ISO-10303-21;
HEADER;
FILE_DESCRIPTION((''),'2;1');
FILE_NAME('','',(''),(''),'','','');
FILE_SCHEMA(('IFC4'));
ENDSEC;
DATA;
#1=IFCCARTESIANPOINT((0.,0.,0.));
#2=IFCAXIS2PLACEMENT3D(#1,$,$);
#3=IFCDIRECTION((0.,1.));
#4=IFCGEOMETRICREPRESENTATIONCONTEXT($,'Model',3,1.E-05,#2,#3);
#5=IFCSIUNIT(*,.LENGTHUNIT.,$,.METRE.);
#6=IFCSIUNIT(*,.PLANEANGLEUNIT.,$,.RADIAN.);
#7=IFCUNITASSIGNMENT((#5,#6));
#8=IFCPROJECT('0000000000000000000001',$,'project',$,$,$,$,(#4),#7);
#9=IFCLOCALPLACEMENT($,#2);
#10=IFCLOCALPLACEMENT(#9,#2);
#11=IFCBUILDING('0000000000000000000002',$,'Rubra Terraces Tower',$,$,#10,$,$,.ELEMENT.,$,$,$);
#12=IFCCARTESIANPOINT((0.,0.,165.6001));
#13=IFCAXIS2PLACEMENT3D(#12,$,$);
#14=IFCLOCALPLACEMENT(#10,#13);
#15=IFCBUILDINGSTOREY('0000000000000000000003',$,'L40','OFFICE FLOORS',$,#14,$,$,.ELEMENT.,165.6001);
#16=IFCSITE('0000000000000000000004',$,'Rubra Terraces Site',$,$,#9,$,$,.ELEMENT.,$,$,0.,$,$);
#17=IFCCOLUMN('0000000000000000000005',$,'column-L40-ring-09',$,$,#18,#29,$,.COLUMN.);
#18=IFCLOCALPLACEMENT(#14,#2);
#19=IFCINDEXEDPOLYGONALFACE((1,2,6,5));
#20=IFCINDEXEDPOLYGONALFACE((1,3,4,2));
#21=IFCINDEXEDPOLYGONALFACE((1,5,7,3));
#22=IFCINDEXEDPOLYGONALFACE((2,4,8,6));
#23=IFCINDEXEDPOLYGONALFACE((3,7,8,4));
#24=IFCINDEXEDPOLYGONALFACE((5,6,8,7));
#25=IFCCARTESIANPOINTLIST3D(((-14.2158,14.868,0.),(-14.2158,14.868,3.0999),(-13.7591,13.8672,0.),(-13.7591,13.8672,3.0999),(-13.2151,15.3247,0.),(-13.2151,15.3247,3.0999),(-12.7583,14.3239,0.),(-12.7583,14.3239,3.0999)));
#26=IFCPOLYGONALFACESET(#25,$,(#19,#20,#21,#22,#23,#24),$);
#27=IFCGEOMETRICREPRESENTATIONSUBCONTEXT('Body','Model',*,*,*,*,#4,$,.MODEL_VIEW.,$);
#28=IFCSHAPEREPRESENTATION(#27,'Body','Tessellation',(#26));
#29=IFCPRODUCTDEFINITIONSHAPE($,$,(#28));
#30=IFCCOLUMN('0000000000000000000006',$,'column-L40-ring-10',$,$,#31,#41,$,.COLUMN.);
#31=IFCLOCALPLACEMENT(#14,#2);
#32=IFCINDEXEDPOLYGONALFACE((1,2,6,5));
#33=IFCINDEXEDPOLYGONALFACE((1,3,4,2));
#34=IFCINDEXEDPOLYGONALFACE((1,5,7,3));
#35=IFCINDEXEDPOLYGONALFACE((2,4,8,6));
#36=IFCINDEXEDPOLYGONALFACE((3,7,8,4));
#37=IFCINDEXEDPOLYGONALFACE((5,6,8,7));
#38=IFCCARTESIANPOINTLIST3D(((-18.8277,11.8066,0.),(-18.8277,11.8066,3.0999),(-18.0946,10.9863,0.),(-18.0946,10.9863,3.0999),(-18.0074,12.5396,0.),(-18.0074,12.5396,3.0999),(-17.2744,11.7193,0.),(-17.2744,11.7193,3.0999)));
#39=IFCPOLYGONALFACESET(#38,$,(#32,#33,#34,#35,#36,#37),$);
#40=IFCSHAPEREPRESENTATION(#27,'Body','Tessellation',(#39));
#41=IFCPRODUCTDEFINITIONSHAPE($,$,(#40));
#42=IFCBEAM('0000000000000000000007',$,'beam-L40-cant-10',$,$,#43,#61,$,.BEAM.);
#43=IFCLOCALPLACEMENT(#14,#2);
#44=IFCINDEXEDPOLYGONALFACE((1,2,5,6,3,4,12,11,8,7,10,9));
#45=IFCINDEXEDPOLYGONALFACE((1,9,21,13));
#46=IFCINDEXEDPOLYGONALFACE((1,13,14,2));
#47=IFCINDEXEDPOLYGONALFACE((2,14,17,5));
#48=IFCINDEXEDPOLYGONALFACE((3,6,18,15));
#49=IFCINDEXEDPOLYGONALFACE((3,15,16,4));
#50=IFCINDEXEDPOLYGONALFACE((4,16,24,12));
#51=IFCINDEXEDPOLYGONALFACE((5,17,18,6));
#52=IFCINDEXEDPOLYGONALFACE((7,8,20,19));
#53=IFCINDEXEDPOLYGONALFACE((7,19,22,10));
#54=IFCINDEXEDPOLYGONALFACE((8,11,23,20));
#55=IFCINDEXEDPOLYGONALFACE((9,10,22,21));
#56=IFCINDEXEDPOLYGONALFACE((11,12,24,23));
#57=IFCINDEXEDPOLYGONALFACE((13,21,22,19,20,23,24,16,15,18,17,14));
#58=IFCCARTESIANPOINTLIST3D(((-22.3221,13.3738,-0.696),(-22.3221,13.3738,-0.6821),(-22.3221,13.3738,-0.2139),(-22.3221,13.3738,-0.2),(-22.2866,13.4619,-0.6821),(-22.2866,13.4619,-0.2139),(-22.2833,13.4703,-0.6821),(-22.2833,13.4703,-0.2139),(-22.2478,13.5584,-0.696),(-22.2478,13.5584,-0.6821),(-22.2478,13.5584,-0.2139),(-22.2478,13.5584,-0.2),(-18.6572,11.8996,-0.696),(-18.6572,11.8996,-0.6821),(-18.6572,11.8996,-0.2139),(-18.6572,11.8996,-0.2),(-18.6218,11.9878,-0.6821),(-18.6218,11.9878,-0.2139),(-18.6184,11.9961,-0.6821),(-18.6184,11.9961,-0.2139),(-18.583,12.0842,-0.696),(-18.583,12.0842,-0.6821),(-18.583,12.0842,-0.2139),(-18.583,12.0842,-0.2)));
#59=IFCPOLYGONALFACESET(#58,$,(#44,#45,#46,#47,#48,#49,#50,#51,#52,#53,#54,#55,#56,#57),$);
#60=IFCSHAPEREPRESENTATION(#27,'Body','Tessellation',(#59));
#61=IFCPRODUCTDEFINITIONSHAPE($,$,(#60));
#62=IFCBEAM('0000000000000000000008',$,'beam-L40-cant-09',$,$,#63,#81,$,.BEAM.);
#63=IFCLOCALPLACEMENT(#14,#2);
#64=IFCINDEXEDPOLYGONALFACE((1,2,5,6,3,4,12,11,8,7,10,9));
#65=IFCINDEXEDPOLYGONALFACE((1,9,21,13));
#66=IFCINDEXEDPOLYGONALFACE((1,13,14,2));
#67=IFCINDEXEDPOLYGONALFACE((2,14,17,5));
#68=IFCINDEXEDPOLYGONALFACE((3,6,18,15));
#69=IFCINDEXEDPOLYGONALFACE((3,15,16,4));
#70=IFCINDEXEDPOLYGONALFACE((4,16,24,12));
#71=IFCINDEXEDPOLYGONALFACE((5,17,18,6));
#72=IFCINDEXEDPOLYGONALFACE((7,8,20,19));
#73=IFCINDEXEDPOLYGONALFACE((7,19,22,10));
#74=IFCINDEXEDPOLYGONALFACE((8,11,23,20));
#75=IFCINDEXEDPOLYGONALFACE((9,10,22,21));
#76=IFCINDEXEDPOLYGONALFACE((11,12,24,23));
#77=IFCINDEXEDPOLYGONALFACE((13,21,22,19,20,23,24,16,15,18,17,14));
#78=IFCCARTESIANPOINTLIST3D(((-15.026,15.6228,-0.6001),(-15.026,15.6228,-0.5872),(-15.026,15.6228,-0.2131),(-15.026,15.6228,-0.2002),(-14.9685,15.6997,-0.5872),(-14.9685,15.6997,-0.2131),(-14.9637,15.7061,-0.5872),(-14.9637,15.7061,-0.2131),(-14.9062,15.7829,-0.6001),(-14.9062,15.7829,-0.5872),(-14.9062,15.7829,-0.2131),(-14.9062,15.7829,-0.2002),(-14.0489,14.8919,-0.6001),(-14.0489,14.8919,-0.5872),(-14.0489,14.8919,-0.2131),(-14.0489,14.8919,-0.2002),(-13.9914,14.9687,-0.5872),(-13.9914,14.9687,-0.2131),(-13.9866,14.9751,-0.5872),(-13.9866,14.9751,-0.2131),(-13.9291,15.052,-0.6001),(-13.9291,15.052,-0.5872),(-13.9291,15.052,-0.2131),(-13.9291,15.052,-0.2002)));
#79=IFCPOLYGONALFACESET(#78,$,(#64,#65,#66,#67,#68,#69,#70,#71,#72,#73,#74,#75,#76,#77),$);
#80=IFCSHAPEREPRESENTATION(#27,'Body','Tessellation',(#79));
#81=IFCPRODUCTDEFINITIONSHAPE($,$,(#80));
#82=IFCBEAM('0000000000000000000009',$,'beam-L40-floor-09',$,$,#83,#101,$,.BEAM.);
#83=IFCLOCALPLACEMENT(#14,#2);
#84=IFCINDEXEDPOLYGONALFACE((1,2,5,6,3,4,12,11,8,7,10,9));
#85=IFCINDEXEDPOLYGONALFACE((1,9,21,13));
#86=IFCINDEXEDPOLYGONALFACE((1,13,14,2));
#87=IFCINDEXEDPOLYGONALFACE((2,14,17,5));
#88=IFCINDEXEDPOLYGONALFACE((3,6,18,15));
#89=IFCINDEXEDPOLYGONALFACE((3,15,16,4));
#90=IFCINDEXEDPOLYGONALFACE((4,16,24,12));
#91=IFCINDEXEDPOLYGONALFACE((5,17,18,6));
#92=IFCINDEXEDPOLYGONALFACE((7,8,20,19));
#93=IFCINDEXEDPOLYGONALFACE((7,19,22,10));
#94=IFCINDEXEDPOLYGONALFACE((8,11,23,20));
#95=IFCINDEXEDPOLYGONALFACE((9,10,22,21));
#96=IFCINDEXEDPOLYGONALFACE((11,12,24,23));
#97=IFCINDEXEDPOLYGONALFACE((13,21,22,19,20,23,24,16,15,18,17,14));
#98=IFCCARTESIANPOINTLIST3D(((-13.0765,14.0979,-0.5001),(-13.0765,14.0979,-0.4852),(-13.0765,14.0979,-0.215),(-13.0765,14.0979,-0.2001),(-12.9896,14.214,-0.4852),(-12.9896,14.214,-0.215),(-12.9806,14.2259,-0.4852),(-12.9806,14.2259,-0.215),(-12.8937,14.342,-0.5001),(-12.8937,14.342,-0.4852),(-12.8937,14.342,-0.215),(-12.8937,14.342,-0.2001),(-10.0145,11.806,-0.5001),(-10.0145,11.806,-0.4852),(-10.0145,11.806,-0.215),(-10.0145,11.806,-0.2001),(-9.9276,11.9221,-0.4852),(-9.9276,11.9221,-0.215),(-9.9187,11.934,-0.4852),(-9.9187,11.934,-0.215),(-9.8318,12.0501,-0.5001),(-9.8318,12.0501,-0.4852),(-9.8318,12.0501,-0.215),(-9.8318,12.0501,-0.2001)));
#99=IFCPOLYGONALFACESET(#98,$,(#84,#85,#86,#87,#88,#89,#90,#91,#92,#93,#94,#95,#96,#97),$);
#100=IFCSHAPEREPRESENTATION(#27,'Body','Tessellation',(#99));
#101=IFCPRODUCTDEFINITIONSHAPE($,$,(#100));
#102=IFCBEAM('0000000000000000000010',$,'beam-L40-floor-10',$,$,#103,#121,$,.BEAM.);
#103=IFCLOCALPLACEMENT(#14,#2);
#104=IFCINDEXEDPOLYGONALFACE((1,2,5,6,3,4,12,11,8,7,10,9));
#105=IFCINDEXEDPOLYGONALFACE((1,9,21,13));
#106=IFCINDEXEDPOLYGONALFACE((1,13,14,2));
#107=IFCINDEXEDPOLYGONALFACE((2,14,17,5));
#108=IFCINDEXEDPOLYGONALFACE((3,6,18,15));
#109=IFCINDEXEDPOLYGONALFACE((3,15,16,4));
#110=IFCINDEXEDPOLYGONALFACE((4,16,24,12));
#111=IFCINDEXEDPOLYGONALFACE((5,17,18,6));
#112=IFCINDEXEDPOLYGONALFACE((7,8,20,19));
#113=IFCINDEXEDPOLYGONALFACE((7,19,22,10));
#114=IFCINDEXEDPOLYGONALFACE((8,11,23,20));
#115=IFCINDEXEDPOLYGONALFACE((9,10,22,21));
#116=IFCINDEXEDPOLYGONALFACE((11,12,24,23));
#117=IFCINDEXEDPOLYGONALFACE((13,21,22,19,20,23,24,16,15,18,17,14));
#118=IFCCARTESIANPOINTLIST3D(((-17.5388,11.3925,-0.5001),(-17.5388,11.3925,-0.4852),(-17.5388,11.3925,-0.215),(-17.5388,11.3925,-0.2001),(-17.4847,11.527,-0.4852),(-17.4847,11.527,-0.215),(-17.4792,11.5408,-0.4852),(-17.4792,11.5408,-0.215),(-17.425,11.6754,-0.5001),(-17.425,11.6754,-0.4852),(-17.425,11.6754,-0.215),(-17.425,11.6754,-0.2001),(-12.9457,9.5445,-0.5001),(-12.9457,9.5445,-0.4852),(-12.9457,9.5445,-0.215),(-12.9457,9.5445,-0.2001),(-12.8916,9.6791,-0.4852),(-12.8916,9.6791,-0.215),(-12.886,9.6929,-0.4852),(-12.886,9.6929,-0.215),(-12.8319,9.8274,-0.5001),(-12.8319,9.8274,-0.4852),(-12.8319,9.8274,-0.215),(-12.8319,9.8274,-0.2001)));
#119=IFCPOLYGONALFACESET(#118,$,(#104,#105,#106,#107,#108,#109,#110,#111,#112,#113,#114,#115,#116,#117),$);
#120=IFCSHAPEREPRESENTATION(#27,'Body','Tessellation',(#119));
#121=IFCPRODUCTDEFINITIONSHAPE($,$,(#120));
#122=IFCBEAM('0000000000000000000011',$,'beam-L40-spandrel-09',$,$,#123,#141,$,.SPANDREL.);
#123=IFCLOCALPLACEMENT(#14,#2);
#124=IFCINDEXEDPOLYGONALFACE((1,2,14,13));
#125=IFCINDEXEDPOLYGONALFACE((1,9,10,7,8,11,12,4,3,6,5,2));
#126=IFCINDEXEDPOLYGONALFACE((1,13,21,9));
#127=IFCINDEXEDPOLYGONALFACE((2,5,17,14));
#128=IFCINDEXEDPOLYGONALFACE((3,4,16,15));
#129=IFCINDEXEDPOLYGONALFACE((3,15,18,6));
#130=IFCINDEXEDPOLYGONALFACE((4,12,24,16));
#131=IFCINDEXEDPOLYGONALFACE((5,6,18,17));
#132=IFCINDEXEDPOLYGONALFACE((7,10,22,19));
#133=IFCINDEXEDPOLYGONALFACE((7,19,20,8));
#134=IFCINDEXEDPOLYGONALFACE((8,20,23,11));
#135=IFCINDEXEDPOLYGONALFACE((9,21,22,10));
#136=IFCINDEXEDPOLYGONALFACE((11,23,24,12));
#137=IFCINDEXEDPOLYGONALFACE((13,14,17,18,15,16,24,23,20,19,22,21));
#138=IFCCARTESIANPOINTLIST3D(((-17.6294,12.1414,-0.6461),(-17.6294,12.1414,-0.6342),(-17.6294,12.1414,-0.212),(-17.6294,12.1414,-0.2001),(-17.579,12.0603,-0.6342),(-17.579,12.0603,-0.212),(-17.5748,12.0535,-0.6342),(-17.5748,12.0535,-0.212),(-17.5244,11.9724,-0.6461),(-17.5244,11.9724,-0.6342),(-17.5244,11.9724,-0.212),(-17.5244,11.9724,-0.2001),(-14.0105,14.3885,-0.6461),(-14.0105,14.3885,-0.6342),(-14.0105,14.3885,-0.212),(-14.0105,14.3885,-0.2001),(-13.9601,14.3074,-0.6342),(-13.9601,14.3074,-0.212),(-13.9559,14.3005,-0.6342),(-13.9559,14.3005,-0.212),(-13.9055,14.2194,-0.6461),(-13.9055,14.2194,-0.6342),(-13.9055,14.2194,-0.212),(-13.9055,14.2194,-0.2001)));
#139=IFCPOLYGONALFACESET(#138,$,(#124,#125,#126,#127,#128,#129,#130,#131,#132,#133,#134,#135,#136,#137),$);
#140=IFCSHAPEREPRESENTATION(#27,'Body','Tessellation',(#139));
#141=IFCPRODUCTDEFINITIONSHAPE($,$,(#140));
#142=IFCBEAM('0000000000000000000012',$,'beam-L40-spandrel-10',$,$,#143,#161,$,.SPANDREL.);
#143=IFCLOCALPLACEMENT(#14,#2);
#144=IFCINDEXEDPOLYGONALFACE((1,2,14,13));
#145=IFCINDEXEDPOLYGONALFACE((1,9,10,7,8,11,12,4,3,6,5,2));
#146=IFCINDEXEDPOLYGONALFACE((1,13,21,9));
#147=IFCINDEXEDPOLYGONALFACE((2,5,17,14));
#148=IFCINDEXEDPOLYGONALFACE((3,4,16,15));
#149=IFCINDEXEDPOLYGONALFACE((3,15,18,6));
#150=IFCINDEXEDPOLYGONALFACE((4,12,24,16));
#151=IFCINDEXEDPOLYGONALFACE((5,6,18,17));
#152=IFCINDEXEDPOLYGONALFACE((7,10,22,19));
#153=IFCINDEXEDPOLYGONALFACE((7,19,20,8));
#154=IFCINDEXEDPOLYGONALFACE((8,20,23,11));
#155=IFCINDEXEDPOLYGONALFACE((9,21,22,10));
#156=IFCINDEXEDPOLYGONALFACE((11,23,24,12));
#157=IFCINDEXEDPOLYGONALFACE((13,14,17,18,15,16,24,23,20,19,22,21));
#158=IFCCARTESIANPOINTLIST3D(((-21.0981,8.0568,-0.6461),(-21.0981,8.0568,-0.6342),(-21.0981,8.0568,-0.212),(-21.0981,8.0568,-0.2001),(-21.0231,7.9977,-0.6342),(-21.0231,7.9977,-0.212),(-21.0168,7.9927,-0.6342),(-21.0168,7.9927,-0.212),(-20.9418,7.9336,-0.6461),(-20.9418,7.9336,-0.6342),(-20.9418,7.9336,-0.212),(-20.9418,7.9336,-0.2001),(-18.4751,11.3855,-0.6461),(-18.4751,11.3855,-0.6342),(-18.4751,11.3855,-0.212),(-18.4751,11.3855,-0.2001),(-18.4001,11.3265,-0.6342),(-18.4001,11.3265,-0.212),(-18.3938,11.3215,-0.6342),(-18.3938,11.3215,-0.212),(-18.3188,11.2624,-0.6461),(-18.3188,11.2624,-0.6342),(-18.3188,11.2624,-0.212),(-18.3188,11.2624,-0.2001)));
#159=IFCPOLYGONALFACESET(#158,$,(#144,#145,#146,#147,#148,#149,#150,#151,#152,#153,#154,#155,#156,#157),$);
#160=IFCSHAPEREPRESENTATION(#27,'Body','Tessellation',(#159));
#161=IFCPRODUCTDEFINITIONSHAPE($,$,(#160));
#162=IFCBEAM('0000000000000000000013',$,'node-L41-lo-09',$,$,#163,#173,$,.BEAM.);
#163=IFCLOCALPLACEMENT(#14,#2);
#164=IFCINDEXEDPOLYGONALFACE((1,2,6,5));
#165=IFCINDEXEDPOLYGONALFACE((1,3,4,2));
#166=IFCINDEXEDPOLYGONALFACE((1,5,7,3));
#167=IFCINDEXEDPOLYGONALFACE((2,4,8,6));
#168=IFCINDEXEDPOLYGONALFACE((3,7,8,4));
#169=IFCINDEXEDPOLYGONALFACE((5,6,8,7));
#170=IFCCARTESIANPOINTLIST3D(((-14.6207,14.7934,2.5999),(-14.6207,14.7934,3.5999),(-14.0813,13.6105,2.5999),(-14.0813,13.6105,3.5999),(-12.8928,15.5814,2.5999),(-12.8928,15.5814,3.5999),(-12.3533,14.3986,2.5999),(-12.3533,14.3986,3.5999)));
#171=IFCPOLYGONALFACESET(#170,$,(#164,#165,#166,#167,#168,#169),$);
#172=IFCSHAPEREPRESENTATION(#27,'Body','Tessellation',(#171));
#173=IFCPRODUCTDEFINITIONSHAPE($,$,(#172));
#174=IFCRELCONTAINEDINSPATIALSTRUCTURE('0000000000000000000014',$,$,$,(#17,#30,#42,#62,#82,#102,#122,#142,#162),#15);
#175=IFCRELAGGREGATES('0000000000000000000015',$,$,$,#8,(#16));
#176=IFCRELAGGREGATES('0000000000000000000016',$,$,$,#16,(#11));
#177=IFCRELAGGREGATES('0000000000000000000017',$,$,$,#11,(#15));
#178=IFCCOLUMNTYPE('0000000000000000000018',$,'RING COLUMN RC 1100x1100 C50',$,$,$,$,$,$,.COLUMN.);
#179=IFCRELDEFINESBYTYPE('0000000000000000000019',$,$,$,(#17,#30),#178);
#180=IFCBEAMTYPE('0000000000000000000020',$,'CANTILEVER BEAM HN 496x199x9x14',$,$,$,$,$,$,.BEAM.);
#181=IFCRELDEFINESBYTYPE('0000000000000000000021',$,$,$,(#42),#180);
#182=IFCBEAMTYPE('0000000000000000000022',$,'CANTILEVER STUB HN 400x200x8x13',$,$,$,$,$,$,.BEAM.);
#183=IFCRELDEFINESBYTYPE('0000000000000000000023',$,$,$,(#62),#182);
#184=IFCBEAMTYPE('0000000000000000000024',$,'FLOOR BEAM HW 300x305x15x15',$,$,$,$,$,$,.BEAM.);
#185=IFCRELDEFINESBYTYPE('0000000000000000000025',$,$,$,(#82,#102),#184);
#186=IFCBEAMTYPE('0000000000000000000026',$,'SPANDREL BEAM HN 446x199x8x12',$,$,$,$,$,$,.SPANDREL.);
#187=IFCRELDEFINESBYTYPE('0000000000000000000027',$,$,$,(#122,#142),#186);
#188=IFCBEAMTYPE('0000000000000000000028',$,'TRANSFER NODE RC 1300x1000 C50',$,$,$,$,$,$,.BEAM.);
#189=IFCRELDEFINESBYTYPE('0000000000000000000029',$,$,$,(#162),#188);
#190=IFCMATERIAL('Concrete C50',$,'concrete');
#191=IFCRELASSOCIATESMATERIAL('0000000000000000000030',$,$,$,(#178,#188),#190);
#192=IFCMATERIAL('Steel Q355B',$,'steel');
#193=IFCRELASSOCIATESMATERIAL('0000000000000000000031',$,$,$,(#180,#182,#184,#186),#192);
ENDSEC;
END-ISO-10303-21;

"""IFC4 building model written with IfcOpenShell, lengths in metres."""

from ifc_helpers import new_model, si_unit, direction, frame, origin, origin_2d, place, context, subcontext, project, spatial, rectangle, i_section, extrude, material, material_profile, profile_set, type_object, element, save


model = new_model("IFC4")

# Units and contexts
model_context = context("Model", 3, precision=1e-05, world=origin(), true_north=direction((0.0, 1.0)))
body_context = subcontext(model_context, "Body", "Model", "MODEL_VIEW")
ifc_project = project(units=[si_unit("LENGTHUNIT", "METRE"), si_unit("PLANEANGLEUNIT", "RADIAN")], contexts=[model_context])

# Site, building, storey
site_placement = place(None, origin())
site = spatial("IfcSite", under=ifc_project, at=site_placement, Name="Rubra Terraces Site", CompositionType="ELEMENT", RefElevation=0.0)
building_placement = place(site_placement, origin())
building = spatial("IfcBuilding", under=site, at=building_placement, Name="Rubra Terraces Tower", CompositionType="ELEMENT")
storey_placement = place(building_placement, frame((0.0, 0.0, 165.6001)))
storey = spatial("IfcBuildingStorey", under=building, at=storey_placement, Name="L40", Description="OFFICE FLOORS", CompositionType="ELEMENT", Elevation=165.6001)

# Columns
ifc_material_1 = material(Name="Concrete C50", Category="concrete")
ifc_material_profile_1 = material_profile(ifc_material_1, rectangle(XDim=1.1001, YDim=1.1001, at=origin_2d()), Name="RC 1100x1100")
ifc_profile_set_1 = profile_set([ifc_material_profile_1], Name="Concrete C50")
column_type = type_object("IfcColumnType", Name="RING COLUMN RC 1100x1100 C50", PredefinedType="COLUMN", material=ifc_profile_set_1)
for number, where, z_axis, x_axis, name in (
    (1, (-13.4871, 14.5959, 0.0), (0.0, 0.0, 1.0), (-0.909726, -0.415208, 0.0), "column-L40-ring-09"),
    (2, (-18.051, 11.7629, 0.0), (0.0, 0.0, 1.0), (-0.745642, -0.666347, 0.0), "column-L40-ring-10"),
):
    element("IfcColumn", number, at=place(storey_placement, frame(where, z_axis=z_axis, x_axis=x_axis)), inside=storey, type_object=column_type, Name=name, PredefinedType="COLUMN", context=body_context, shape_type="SweptSolid", body=[
        extrude(rectangle(XDim=1.1001, YDim=1.1001, at=origin_2d()), origin(), (0.0, 0.0, 1.0), 3.0999),
    ])

# Beams
ifc_material_2 = material(Name="Steel Q355B", Category="steel")
ifc_material_profile_2 = material_profile(ifc_material_2, i_section(OverallWidth=0.199, OverallDepth=0.4961, WebThickness=0.009, FlangeThickness=0.0139, at=origin_2d()), Name="HN 496x199x9x14")
ifc_profile_set_2 = profile_set([ifc_material_profile_2], Name="Steel Q355B")
beam_type_1 = type_object("IfcBeamType", Name="CANTILEVER BEAM HN 496x199x9x14", PredefinedType="BEAM", material=ifc_profile_set_2)
beam_1_placement = place(storey_placement, frame((-18.6201, 11.9919, -0.448), z_axis=(-0.927759, 0.37318, 0.0), x_axis=(-0.37318, -0.927759, 0.0)))
element("IfcBeam", 3, at=beam_1_placement, inside=storey, type_object=beam_type_1, Name="beam-L40-cant-10", PredefinedType="BEAM", context=body_context, shape_type="SweptSolid", body=[
    extrude(i_section(OverallWidth=0.199, OverallDepth=0.4961, WebThickness=0.009, FlangeThickness=0.0139, at=origin_2d()), origin(), (0.0, 0.0, 1.0), 3.9502),
])
ifc_material_profile_3 = material_profile(ifc_material_2, i_section(OverallWidth=0.2, OverallDepth=0.3999, WebThickness=0.0081, FlangeThickness=0.0129, at=origin_2d()), Name="HN 400x200x8x13")
ifc_profile_set_3 = profile_set([ifc_material_profile_3], Name="Steel Q355B")
beam_type_2 = type_object("IfcBeamType", Name="CANTILEVER STUB HN 400x200x8x13", PredefinedType="BEAM", material=ifc_profile_set_3)
beam_2_placement = place(storey_placement, frame((-13.989, 14.9719, -0.4001), z_axis=(-0.80072, 0.599039, 0.0), x_axis=(-0.599039, -0.80072, 0.0)))
element("IfcBeam", 4, at=beam_2_placement, inside=storey, type_object=beam_type_2, Name="beam-L40-cant-09", PredefinedType="BEAM", context=body_context, shape_type="SweptSolid", body=[
    extrude(i_section(OverallWidth=0.2, OverallDepth=0.3999, WebThickness=0.0081, FlangeThickness=0.0129, at=origin_2d()), origin(), (0.0, 0.0, 1.0), 1.2202),
])
ifc_material_profile_4 = material_profile(ifc_material_2, i_section(OverallWidth=0.3049, OverallDepth=0.3, WebThickness=0.0149, FlangeThickness=0.0149, at=origin_2d()), Name="HW 300x305x15x15")
ifc_profile_set_4 = profile_set([ifc_material_profile_4], Name="Steel Q355B")
beam_type_3 = type_object("IfcBeamType", Name="FLOOR BEAM HW 300x305x15x15", PredefinedType="BEAM", material=ifc_profile_set_4)
beam_3_placement = place(storey_placement, frame((-12.9851, 14.22, -0.3501), z_axis=(0.800566, -0.599244, 0.0), x_axis=(0.599244, 0.800566, 0.0)))
element("IfcBeam", 5, at=beam_3_placement, inside=storey, type_object=beam_type_3, Name="beam-L40-floor-09", PredefinedType="BEAM", context=body_context, shape_type="SweptSolid", body=[
    extrude(i_section(OverallWidth=0.3049, OverallDepth=0.3, WebThickness=0.0149, FlangeThickness=0.0149, at=origin_2d()), origin(), (0.0, 0.0, 1.0), 3.8247),
])
beam_4_placement = place(storey_placement, frame((-17.4819, 11.5339, -0.3501), z_axis=(0.92773, -0.373252, 0.0), x_axis=(0.373252, 0.92773, 0.0)))
element("IfcBeam", 6, at=beam_4_placement, inside=storey, type_object=beam_type_3, Name="beam-L40-floor-10", PredefinedType="BEAM", context=body_context, shape_type="SweptSolid", body=[
    extrude(i_section(OverallWidth=0.3049, OverallDepth=0.3, WebThickness=0.0149, FlangeThickness=0.0149, at=origin_2d()), origin(), (0.0, 0.0, 1.0), 4.9509),
])
ifc_material_profile_5 = material_profile(ifc_material_2, i_section(OverallWidth=0.199, OverallDepth=0.446, WebThickness=0.0081, FlangeThickness=0.012, at=origin_2d()), Name="HN 446x199x8x12")
ifc_profile_set_5 = profile_set([ifc_material_profile_5], Name="Steel Q355B")
beam_type_4 = type_object("IfcBeamType", Name="SPANDREL BEAM HN 446x199x8x12", PredefinedType="SPANDREL", material=ifc_profile_set_5)
beam_5_placement = place(storey_placement, frame((-13.958, 14.304, -0.4231), z_axis=(-0.84955, -0.527508, 0.0), x_axis=(0.527508, -0.84955, 0.0)))
element("IfcBeam", 7, at=beam_5_placement, inside=storey, type_object=beam_type_4, Name="beam-L40-spandrel-09", PredefinedType="SPANDREL", context=body_context, shape_type="SweptSolid", body=[
    extrude(i_section(OverallWidth=0.199, OverallDepth=0.446, WebThickness=0.0081, FlangeThickness=0.012, at=origin_2d()), origin(), (0.0, 0.0, 1.0), 4.2598),
])
beam_6_placement = place(storey_placement, frame((-18.397, 11.324, -0.4231), z_axis=(-0.618917, -0.785456, 0.0), x_axis=(0.785456, -0.618917, 0.0)))
element("IfcBeam", 8, at=beam_6_placement, inside=storey, type_object=beam_type_4, Name="beam-L40-spandrel-10", PredefinedType="SPANDREL", context=body_context, shape_type="SweptSolid", body=[
    extrude(i_section(OverallWidth=0.199, OverallDepth=0.446, WebThickness=0.0081, FlangeThickness=0.012, at=origin_2d()), origin(), (0.0, 0.0, 1.0), 4.238),
])
ifc_material_profile_6 = material_profile(ifc_material_1, rectangle(XDim=1.3, YDim=1.0, at=origin_2d()), Name="RC 1300x1000")
ifc_profile_set_6 = profile_set([ifc_material_profile_6], Name="Concrete C50")
beam_type_5 = type_object("IfcBeamType", Name="TRANSFER NODE RC 1300x1000 C50", PredefinedType="BEAM", material=ifc_profile_set_6)
beam_7_placement = place(storey_placement, frame((-12.623, 14.99, 3.0999), z_axis=(-0.909846, -0.414945, 0.0), x_axis=(0.414945, -0.909846, 0.0)))
element("IfcBeam", 9, at=beam_7_placement, inside=storey, type_object=beam_type_5, Name="node-L41-lo-09", PredefinedType="BEAM", context=body_context, shape_type="SweptSolid", body=[
    extrude(rectangle(XDim=1.3, YDim=1.0, at=origin_2d()), origin(), (0.0, 0.0, 1.0), 1.8992),
])

save(model, "model.ifc")
